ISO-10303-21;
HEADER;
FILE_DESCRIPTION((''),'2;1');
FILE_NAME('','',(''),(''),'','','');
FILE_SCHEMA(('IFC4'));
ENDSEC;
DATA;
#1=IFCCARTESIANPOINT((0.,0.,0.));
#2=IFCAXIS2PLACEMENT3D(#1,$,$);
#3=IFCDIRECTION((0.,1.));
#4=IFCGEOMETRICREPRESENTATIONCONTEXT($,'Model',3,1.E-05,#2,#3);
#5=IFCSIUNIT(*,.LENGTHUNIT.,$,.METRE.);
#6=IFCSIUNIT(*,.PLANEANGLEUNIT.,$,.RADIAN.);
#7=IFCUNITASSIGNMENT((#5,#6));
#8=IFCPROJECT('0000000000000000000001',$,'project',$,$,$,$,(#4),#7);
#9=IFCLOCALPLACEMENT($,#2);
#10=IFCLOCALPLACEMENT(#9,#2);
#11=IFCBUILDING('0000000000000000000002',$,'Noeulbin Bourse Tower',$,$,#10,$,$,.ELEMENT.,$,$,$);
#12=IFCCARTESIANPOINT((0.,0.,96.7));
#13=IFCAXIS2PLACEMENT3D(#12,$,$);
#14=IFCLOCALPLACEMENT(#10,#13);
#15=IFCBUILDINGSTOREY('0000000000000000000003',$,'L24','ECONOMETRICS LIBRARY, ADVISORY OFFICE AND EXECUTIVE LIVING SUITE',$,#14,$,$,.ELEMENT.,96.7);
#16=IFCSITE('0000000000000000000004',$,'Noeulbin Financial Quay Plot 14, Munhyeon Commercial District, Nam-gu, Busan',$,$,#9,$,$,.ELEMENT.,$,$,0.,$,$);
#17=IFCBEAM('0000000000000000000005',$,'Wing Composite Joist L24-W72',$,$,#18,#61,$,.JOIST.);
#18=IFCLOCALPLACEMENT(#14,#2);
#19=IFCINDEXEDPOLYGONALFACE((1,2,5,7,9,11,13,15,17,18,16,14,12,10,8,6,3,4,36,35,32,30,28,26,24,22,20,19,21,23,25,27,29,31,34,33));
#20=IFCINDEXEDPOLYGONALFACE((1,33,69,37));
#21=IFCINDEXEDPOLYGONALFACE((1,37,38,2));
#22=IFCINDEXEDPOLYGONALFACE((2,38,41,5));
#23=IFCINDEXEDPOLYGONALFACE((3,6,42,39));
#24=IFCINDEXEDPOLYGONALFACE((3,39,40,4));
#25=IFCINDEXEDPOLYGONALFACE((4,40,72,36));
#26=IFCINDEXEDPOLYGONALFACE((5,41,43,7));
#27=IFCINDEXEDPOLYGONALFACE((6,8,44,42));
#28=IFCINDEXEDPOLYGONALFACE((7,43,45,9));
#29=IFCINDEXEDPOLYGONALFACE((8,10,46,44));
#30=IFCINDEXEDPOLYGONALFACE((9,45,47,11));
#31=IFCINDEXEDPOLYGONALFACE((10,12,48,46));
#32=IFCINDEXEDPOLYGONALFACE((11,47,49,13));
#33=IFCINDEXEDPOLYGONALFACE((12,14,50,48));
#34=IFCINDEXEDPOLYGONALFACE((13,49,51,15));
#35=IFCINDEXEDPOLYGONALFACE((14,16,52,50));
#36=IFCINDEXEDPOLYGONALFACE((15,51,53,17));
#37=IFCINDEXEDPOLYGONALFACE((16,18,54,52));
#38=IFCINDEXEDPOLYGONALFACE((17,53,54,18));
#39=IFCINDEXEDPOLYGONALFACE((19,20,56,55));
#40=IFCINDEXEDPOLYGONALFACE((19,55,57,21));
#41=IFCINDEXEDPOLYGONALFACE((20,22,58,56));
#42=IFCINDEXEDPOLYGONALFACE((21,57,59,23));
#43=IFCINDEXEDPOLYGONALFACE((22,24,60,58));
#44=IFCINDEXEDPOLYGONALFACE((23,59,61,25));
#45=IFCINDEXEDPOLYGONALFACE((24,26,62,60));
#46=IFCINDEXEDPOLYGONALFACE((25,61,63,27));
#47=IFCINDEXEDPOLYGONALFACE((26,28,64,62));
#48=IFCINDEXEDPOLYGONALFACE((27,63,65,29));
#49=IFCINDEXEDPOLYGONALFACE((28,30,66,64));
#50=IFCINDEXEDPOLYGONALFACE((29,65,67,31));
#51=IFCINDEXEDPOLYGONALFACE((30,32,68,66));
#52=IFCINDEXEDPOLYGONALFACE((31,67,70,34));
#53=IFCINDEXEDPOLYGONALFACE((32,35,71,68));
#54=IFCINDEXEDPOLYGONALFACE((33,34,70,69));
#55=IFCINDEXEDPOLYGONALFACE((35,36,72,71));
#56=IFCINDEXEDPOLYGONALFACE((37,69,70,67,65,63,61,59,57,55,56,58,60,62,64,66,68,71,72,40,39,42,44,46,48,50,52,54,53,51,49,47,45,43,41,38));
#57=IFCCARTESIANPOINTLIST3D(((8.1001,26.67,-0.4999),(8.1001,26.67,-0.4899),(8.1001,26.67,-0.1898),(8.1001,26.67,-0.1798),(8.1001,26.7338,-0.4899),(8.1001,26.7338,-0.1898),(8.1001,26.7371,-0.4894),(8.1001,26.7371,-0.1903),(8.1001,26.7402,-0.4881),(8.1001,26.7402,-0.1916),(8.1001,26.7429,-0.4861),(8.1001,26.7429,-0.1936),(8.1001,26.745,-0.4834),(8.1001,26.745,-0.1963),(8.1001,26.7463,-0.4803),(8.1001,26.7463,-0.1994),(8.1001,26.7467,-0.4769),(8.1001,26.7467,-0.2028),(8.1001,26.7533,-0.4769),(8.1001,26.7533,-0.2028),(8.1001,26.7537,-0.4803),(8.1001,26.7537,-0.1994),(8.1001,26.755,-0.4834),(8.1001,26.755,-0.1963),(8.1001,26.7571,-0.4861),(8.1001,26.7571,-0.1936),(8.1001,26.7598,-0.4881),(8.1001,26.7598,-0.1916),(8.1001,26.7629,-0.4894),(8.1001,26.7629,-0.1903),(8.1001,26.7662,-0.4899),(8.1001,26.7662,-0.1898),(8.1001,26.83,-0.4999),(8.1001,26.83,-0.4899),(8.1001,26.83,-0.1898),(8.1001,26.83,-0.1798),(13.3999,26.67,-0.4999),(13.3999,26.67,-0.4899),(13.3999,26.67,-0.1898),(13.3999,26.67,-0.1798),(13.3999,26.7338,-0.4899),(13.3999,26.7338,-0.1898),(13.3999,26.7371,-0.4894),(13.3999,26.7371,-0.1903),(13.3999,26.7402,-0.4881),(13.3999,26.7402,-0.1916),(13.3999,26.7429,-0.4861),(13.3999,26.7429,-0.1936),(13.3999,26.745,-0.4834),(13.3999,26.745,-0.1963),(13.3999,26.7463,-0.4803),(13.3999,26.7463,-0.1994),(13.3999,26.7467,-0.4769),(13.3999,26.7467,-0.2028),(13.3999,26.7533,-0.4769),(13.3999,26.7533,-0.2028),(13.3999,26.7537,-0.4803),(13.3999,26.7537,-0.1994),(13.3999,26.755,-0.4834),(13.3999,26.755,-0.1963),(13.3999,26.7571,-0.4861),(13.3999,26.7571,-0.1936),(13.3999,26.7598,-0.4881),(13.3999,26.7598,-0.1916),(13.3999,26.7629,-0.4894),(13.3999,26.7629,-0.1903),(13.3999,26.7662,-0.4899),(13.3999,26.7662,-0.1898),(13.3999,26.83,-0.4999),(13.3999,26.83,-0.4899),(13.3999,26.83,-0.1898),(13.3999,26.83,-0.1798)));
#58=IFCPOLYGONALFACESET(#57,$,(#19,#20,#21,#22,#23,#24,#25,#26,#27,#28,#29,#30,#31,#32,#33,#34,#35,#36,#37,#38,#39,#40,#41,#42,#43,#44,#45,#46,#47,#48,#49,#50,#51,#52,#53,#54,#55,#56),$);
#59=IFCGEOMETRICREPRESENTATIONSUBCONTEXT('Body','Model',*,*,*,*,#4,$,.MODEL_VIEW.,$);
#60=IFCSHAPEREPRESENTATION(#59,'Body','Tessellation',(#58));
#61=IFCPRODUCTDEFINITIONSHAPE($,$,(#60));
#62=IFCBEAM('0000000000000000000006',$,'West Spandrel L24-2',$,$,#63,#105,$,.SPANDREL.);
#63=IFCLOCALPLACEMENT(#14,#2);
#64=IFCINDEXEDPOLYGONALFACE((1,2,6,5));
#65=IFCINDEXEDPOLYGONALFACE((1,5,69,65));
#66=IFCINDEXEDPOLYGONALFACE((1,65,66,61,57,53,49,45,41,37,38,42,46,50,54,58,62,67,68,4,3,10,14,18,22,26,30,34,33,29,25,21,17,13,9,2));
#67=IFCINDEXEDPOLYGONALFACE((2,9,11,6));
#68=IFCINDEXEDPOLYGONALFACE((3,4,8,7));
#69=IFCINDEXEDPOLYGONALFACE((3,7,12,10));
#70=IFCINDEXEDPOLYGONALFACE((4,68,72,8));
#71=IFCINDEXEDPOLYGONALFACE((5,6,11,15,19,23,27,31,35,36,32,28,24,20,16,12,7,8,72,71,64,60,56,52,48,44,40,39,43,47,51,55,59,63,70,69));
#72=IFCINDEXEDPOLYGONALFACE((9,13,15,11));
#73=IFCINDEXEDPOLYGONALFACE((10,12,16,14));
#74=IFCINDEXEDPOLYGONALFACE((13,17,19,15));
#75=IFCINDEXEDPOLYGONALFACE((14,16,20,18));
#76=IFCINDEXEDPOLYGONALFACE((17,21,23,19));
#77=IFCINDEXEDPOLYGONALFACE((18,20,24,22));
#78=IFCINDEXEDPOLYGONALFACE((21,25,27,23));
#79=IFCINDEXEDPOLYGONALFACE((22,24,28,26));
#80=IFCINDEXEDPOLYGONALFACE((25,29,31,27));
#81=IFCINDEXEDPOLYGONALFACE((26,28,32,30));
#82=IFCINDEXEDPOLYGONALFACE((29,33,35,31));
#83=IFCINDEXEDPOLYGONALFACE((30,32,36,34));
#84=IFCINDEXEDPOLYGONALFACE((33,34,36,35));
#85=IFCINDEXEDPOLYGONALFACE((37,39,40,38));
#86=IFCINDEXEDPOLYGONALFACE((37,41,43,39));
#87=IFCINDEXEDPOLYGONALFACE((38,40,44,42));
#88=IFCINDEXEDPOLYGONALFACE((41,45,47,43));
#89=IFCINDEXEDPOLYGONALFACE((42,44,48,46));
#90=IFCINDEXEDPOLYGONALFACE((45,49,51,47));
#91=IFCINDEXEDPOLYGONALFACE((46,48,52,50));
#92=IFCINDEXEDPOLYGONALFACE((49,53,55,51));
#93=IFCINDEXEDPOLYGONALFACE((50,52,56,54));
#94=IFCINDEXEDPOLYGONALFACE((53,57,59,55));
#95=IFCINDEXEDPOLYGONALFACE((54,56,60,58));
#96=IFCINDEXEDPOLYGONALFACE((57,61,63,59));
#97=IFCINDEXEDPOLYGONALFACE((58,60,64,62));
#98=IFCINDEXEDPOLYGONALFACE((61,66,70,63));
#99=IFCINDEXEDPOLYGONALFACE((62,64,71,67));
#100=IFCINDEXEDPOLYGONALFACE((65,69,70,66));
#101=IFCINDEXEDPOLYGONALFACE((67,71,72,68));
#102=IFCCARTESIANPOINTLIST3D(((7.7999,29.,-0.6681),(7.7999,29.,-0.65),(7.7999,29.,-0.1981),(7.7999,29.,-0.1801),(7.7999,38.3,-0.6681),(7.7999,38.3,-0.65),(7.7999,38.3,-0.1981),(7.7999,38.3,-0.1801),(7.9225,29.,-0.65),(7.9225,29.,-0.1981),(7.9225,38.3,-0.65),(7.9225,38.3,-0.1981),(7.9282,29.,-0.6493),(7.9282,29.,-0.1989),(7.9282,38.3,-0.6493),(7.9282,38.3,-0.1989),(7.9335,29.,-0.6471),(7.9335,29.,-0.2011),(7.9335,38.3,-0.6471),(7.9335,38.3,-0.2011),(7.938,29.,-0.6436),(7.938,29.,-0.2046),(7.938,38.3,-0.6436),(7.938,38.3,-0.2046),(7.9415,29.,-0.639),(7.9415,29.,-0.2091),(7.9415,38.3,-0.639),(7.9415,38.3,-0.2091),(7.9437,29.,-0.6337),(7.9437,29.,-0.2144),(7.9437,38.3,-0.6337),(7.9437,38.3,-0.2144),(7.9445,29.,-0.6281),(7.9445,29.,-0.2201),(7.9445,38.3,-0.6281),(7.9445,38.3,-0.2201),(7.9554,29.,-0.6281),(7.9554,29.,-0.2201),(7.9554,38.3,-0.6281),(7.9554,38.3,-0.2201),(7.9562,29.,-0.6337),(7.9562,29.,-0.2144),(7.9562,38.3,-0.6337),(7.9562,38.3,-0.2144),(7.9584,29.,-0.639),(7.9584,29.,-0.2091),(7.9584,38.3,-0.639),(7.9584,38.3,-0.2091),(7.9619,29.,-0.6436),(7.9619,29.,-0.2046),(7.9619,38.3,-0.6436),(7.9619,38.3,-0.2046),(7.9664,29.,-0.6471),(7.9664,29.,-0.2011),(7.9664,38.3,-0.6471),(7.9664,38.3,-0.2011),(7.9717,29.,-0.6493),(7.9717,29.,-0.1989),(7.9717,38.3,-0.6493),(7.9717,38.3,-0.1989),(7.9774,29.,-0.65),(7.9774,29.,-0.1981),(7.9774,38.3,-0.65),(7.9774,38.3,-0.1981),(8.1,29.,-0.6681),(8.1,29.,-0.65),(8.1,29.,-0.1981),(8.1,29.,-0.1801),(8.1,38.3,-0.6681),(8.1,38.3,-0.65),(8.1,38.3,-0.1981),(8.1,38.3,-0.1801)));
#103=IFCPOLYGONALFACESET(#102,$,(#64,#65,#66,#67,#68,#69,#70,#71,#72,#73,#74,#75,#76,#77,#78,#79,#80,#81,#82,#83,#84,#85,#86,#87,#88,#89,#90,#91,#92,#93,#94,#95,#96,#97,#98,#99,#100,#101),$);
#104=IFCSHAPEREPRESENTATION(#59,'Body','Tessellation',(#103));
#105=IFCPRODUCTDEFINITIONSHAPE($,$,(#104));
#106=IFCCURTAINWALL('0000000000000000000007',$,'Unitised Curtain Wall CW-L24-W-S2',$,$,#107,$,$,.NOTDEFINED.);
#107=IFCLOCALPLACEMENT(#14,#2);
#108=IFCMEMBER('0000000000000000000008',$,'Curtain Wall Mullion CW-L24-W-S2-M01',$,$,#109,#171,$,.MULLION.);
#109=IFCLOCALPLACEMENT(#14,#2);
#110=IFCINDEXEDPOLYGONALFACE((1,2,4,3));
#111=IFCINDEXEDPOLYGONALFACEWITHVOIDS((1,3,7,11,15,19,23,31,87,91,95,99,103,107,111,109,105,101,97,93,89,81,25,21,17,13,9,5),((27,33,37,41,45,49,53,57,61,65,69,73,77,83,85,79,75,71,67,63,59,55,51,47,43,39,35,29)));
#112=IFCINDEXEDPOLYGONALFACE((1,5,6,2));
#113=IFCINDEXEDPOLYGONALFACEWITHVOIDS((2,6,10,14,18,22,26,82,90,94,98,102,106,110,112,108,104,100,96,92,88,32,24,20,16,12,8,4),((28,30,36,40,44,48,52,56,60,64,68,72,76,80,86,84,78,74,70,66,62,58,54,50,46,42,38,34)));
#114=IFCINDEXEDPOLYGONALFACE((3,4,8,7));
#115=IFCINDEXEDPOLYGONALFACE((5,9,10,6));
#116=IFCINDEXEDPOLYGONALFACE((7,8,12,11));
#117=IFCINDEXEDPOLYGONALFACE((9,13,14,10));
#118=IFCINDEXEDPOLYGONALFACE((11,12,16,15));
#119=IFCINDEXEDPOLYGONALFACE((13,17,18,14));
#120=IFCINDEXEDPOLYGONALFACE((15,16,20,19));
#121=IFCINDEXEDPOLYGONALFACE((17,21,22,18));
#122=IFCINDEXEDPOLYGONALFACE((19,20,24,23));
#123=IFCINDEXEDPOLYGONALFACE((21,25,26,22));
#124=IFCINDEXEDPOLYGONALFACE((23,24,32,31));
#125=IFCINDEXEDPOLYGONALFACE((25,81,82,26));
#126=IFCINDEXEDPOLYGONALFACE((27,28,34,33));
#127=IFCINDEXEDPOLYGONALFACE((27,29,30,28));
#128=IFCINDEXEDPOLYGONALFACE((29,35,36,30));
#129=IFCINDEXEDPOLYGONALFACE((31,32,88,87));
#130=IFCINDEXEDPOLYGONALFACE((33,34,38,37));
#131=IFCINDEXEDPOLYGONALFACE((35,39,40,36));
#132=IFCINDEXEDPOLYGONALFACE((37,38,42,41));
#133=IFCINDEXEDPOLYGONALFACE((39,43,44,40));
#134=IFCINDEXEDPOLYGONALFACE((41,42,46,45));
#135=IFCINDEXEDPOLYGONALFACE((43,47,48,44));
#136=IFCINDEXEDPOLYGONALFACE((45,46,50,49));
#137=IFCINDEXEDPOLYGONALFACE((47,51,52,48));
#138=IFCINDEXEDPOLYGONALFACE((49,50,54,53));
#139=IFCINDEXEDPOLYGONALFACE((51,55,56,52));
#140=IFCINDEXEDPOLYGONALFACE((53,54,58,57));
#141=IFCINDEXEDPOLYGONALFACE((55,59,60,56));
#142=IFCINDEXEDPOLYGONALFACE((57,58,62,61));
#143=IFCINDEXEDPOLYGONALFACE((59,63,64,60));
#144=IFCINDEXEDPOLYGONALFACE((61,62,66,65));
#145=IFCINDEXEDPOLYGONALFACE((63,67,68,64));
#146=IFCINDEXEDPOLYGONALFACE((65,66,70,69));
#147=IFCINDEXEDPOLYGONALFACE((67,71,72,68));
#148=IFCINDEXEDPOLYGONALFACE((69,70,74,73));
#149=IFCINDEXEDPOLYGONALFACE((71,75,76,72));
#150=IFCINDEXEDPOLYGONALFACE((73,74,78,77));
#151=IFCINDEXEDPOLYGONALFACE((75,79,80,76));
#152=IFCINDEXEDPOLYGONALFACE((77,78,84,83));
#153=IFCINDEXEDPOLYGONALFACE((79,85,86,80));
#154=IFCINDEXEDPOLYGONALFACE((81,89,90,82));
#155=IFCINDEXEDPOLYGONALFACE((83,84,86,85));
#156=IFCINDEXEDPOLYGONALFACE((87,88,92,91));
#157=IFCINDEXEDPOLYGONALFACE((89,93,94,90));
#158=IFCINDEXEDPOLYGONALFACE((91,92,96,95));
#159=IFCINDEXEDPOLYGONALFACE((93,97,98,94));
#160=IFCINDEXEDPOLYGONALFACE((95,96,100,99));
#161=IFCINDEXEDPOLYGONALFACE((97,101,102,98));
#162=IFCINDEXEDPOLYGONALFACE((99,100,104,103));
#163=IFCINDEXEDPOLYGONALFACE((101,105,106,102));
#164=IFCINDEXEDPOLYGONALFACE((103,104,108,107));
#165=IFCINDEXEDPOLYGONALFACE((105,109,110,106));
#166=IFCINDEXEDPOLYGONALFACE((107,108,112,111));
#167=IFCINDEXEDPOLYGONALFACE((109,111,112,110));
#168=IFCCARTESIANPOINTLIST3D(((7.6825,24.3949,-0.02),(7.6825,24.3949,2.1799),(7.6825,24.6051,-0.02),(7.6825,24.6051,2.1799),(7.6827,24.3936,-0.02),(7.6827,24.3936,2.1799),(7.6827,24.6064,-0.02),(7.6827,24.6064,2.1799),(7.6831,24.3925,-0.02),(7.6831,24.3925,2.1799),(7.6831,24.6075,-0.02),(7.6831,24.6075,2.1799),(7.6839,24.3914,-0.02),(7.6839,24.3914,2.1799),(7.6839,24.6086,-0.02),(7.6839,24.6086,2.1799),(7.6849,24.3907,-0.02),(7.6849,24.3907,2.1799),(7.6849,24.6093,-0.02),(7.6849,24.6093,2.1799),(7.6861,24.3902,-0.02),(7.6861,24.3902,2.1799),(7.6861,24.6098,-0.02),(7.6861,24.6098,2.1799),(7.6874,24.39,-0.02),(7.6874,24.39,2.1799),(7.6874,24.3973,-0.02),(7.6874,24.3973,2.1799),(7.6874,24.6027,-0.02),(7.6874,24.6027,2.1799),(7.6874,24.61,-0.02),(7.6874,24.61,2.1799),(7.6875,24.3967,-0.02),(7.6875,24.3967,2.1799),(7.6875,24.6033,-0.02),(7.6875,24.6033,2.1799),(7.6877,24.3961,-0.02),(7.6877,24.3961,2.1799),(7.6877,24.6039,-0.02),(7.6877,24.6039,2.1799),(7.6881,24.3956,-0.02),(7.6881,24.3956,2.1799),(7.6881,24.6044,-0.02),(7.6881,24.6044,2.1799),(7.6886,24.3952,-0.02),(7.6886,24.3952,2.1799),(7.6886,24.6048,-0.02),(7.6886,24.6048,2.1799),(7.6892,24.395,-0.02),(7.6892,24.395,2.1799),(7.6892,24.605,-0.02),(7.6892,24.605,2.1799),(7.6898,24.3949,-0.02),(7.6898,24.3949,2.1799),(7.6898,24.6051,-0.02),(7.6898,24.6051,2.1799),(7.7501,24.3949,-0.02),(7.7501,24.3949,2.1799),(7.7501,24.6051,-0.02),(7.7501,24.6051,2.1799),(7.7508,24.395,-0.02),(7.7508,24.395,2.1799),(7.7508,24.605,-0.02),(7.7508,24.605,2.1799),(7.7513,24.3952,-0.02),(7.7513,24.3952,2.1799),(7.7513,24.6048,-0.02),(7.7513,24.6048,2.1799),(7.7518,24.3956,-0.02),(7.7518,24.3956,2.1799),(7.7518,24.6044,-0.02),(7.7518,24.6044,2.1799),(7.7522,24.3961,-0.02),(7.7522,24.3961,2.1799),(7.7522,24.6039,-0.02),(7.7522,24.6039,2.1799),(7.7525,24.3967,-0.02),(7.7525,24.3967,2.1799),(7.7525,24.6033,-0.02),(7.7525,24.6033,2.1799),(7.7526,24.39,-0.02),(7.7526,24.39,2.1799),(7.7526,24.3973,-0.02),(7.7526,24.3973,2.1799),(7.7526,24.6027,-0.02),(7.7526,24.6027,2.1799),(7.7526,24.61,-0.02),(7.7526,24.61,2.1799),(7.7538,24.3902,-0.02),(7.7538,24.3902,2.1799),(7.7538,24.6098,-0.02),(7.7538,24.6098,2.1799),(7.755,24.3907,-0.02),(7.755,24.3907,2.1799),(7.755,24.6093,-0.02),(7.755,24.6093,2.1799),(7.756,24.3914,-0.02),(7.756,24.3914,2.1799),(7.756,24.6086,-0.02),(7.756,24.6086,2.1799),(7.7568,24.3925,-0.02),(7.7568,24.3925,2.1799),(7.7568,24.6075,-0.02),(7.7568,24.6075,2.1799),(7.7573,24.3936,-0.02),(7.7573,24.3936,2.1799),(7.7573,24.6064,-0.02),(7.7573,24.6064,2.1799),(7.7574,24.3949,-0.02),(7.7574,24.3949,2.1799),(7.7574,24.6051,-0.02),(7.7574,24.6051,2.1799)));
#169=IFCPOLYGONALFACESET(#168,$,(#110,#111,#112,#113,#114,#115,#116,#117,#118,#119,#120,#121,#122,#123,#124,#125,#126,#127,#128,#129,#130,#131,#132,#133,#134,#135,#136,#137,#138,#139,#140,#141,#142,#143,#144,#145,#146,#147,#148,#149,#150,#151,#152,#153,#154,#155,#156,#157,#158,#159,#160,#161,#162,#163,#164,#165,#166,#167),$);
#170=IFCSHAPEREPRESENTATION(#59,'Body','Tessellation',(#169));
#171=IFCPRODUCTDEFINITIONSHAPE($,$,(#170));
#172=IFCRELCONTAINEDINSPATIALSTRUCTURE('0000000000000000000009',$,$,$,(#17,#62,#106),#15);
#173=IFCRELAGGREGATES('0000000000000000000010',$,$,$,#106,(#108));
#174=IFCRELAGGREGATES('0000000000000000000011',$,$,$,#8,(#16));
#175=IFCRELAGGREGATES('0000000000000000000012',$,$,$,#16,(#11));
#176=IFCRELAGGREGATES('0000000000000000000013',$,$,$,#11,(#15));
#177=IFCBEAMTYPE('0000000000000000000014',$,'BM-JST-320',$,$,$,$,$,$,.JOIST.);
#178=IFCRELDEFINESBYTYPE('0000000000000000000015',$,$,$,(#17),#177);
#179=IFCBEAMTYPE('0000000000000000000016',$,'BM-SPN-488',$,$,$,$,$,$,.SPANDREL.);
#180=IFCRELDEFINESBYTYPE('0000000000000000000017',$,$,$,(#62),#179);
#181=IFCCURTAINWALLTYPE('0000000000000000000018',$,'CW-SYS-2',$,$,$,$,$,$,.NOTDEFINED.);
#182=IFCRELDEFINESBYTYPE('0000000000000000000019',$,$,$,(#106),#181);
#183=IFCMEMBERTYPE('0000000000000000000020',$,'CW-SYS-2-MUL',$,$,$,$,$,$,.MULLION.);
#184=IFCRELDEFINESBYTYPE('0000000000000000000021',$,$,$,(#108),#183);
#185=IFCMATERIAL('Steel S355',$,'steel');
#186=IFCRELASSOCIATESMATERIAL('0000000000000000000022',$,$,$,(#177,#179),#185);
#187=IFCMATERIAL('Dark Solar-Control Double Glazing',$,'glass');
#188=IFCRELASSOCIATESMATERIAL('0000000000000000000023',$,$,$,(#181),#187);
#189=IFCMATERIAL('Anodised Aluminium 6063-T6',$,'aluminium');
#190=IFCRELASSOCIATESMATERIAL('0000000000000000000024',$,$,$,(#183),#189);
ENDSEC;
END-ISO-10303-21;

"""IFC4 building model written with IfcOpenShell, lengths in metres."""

from ifc_helpers import new_model, si_unit, direction, frame, origin, origin_2d, place, context, subcontext, project, spatial, hollow_rectangle, i_section, extrude, material, material_profile, profile_set, type_object, element, aggregate, save


model = new_model("IFC4")

# Units and contexts
model_context = context("Model", 3, precision=1e-05, world=origin(), true_north=direction((0.0, 1.0)))
body_context = subcontext(model_context, "Body", "Model", "MODEL_VIEW")
ifc_project = project(units=[si_unit("LENGTHUNIT", "METRE"), si_unit("PLANEANGLEUNIT", "RADIAN")], contexts=[model_context])

# Site, building, storey
site_placement = place(None, origin())
site = spatial("IfcSite", under=ifc_project, at=site_placement, Name="Noeulbin Financial Quay Plot 14, Munhyeon Commercial District, Nam-gu, Busan", CompositionType="ELEMENT", RefElevation=0.0)
building_placement = place(site_placement, origin())
building = spatial("IfcBuilding", under=site, at=building_placement, Name="Noeulbin Bourse Tower", CompositionType="ELEMENT")
storey_placement = place(building_placement, frame((0.0, 0.0, 96.7)))
storey = spatial("IfcBuildingStorey", under=building, at=storey_placement, Name="L24", Description="ECONOMETRICS LIBRARY, ADVISORY OFFICE AND EXECUTIVE LIVING SUITE", CompositionType="ELEMENT", Elevation=96.7)

# Beams
ifc_material_1 = material(Name="Steel S355", Category="steel")
ifc_material_profile_1 = material_profile(ifc_material_1, i_section(OverallWidth=0.1599, OverallDepth=0.3201, WebThickness=0.0066, FlangeThickness=0.01, FilletRadius=0.0129, at=origin_2d()), Name="H-320x160x6.5x10", Category="LoadBearing")
ifc_profile_set_1 = profile_set([ifc_material_profile_1], Name="Steel S355")
beam_type_1 = type_object("IfcBeamType", Name="BM-JST-320", PredefinedType="JOIST", material=ifc_profile_set_1)
for number, where, z_axis, x_axis, name in (
    (1, (8.1001, 26.75, -0.3398), (1.0, 0.0, 0.0), (0.0, 1.0, 0.0), "Wing Composite Joist L24-W72"),
):
    element("IfcBeam", number, at=place(storey_placement, frame(where, z_axis=z_axis, x_axis=x_axis)), inside=storey, type_object=beam_type_1, Name=name, PredefinedType="JOIST", context=body_context, shape_type="SweptSolid", body=[
        extrude(i_section(OverallWidth=0.1599, OverallDepth=0.3201, WebThickness=0.0066, FlangeThickness=0.01, FilletRadius=0.0129, at=origin_2d()), origin(), (0.0, 0.0, 1.0), 5.2998),
    ])
ifc_material_profile_2 = material_profile(ifc_material_1, i_section(OverallWidth=0.3, OverallDepth=0.488, WebThickness=0.011, FlangeThickness=0.0181, FilletRadius=0.022, at=origin_2d()), Name="H-488x300x11x18", Category="LoadBearing")
ifc_profile_set_2 = profile_set([ifc_material_profile_2], Name="Steel S355")
beam_type_2 = type_object("IfcBeamType", Name="BM-SPN-488", PredefinedType="SPANDREL", material=ifc_profile_set_2)
beam_1_placement = place(storey_placement, frame((7.95, 29.0, -0.4241), z_axis=(0.0, 1.0, 0.0), x_axis=(-1.0, 0.0, 0.0)))
element("IfcBeam", 2, at=beam_1_placement, inside=storey, type_object=beam_type_2, Name="West Spandrel L24-2", PredefinedType="SPANDREL", context=body_context, shape_type="SweptSolid", body=[
    extrude(i_section(OverallWidth=0.3, OverallDepth=0.488, WebThickness=0.011, FlangeThickness=0.0181, FilletRadius=0.022, at=origin_2d()), origin(), (0.0, 0.0, 1.0), 9.3),
])

# Curtain wall, member
ifc_material_2 = material(Name="Dark Solar-Control Double Glazing", Category="glass")
curtain_wall_type = type_object("IfcCurtainWallType", Name="CW-SYS-2", PredefinedType="NOTDEFINED", material=ifc_material_2)
curtain_wall_placement = place(storey_placement, origin())
curtain_wall = element("IfcCurtainWall", 3, at=curtain_wall_placement, inside=storey, type_object=curtain_wall_type, Name="Unitised Curtain Wall CW-L24-W-S2", PredefinedType="NOTDEFINED")
ifc_material_3 = material(Name="Anodised Aluminium 6063-T6", Category="aluminium")
ifc_material_profile_3 = material_profile(ifc_material_3, hollow_rectangle(XDim=0.075, YDim=0.22, WallThickness=0.0049, InnerFilletRadius=0.0024, OuterFilletRadius=0.0049, at=origin_2d()), Name="ALU-MULL-75x220x5", Category="LoadBearing")
ifc_profile_set_3 = profile_set([ifc_material_profile_3], Name="Anodised Aluminium 6063-T6")
member_type = type_object("IfcMemberType", Name="CW-SYS-2-MUL", PredefinedType="MULLION", material=ifc_profile_set_3)
member_1_placement = place(storey_placement, frame((7.72, 24.5, -0.02), z_axis=(0.0, 0.0, 1.0), x_axis=(1.0, 0.0, 0.0)))
member_1 = element("IfcMember", 4, at=member_1_placement, type_object=member_type, Name="Curtain Wall Mullion CW-L24-W-S2-M01", PredefinedType="MULLION", context=body_context, shape_type="SweptSolid", body=[
    extrude(hollow_rectangle(XDim=0.075, YDim=0.22, WallThickness=0.0049, InnerFilletRadius=0.0024, OuterFilletRadius=0.0049, at=origin_2d()), origin(), (0.0, 0.0, 1.0), 2.2),
])
aggregate(curtain_wall, [member_1])

save(model, "model.ifc")
